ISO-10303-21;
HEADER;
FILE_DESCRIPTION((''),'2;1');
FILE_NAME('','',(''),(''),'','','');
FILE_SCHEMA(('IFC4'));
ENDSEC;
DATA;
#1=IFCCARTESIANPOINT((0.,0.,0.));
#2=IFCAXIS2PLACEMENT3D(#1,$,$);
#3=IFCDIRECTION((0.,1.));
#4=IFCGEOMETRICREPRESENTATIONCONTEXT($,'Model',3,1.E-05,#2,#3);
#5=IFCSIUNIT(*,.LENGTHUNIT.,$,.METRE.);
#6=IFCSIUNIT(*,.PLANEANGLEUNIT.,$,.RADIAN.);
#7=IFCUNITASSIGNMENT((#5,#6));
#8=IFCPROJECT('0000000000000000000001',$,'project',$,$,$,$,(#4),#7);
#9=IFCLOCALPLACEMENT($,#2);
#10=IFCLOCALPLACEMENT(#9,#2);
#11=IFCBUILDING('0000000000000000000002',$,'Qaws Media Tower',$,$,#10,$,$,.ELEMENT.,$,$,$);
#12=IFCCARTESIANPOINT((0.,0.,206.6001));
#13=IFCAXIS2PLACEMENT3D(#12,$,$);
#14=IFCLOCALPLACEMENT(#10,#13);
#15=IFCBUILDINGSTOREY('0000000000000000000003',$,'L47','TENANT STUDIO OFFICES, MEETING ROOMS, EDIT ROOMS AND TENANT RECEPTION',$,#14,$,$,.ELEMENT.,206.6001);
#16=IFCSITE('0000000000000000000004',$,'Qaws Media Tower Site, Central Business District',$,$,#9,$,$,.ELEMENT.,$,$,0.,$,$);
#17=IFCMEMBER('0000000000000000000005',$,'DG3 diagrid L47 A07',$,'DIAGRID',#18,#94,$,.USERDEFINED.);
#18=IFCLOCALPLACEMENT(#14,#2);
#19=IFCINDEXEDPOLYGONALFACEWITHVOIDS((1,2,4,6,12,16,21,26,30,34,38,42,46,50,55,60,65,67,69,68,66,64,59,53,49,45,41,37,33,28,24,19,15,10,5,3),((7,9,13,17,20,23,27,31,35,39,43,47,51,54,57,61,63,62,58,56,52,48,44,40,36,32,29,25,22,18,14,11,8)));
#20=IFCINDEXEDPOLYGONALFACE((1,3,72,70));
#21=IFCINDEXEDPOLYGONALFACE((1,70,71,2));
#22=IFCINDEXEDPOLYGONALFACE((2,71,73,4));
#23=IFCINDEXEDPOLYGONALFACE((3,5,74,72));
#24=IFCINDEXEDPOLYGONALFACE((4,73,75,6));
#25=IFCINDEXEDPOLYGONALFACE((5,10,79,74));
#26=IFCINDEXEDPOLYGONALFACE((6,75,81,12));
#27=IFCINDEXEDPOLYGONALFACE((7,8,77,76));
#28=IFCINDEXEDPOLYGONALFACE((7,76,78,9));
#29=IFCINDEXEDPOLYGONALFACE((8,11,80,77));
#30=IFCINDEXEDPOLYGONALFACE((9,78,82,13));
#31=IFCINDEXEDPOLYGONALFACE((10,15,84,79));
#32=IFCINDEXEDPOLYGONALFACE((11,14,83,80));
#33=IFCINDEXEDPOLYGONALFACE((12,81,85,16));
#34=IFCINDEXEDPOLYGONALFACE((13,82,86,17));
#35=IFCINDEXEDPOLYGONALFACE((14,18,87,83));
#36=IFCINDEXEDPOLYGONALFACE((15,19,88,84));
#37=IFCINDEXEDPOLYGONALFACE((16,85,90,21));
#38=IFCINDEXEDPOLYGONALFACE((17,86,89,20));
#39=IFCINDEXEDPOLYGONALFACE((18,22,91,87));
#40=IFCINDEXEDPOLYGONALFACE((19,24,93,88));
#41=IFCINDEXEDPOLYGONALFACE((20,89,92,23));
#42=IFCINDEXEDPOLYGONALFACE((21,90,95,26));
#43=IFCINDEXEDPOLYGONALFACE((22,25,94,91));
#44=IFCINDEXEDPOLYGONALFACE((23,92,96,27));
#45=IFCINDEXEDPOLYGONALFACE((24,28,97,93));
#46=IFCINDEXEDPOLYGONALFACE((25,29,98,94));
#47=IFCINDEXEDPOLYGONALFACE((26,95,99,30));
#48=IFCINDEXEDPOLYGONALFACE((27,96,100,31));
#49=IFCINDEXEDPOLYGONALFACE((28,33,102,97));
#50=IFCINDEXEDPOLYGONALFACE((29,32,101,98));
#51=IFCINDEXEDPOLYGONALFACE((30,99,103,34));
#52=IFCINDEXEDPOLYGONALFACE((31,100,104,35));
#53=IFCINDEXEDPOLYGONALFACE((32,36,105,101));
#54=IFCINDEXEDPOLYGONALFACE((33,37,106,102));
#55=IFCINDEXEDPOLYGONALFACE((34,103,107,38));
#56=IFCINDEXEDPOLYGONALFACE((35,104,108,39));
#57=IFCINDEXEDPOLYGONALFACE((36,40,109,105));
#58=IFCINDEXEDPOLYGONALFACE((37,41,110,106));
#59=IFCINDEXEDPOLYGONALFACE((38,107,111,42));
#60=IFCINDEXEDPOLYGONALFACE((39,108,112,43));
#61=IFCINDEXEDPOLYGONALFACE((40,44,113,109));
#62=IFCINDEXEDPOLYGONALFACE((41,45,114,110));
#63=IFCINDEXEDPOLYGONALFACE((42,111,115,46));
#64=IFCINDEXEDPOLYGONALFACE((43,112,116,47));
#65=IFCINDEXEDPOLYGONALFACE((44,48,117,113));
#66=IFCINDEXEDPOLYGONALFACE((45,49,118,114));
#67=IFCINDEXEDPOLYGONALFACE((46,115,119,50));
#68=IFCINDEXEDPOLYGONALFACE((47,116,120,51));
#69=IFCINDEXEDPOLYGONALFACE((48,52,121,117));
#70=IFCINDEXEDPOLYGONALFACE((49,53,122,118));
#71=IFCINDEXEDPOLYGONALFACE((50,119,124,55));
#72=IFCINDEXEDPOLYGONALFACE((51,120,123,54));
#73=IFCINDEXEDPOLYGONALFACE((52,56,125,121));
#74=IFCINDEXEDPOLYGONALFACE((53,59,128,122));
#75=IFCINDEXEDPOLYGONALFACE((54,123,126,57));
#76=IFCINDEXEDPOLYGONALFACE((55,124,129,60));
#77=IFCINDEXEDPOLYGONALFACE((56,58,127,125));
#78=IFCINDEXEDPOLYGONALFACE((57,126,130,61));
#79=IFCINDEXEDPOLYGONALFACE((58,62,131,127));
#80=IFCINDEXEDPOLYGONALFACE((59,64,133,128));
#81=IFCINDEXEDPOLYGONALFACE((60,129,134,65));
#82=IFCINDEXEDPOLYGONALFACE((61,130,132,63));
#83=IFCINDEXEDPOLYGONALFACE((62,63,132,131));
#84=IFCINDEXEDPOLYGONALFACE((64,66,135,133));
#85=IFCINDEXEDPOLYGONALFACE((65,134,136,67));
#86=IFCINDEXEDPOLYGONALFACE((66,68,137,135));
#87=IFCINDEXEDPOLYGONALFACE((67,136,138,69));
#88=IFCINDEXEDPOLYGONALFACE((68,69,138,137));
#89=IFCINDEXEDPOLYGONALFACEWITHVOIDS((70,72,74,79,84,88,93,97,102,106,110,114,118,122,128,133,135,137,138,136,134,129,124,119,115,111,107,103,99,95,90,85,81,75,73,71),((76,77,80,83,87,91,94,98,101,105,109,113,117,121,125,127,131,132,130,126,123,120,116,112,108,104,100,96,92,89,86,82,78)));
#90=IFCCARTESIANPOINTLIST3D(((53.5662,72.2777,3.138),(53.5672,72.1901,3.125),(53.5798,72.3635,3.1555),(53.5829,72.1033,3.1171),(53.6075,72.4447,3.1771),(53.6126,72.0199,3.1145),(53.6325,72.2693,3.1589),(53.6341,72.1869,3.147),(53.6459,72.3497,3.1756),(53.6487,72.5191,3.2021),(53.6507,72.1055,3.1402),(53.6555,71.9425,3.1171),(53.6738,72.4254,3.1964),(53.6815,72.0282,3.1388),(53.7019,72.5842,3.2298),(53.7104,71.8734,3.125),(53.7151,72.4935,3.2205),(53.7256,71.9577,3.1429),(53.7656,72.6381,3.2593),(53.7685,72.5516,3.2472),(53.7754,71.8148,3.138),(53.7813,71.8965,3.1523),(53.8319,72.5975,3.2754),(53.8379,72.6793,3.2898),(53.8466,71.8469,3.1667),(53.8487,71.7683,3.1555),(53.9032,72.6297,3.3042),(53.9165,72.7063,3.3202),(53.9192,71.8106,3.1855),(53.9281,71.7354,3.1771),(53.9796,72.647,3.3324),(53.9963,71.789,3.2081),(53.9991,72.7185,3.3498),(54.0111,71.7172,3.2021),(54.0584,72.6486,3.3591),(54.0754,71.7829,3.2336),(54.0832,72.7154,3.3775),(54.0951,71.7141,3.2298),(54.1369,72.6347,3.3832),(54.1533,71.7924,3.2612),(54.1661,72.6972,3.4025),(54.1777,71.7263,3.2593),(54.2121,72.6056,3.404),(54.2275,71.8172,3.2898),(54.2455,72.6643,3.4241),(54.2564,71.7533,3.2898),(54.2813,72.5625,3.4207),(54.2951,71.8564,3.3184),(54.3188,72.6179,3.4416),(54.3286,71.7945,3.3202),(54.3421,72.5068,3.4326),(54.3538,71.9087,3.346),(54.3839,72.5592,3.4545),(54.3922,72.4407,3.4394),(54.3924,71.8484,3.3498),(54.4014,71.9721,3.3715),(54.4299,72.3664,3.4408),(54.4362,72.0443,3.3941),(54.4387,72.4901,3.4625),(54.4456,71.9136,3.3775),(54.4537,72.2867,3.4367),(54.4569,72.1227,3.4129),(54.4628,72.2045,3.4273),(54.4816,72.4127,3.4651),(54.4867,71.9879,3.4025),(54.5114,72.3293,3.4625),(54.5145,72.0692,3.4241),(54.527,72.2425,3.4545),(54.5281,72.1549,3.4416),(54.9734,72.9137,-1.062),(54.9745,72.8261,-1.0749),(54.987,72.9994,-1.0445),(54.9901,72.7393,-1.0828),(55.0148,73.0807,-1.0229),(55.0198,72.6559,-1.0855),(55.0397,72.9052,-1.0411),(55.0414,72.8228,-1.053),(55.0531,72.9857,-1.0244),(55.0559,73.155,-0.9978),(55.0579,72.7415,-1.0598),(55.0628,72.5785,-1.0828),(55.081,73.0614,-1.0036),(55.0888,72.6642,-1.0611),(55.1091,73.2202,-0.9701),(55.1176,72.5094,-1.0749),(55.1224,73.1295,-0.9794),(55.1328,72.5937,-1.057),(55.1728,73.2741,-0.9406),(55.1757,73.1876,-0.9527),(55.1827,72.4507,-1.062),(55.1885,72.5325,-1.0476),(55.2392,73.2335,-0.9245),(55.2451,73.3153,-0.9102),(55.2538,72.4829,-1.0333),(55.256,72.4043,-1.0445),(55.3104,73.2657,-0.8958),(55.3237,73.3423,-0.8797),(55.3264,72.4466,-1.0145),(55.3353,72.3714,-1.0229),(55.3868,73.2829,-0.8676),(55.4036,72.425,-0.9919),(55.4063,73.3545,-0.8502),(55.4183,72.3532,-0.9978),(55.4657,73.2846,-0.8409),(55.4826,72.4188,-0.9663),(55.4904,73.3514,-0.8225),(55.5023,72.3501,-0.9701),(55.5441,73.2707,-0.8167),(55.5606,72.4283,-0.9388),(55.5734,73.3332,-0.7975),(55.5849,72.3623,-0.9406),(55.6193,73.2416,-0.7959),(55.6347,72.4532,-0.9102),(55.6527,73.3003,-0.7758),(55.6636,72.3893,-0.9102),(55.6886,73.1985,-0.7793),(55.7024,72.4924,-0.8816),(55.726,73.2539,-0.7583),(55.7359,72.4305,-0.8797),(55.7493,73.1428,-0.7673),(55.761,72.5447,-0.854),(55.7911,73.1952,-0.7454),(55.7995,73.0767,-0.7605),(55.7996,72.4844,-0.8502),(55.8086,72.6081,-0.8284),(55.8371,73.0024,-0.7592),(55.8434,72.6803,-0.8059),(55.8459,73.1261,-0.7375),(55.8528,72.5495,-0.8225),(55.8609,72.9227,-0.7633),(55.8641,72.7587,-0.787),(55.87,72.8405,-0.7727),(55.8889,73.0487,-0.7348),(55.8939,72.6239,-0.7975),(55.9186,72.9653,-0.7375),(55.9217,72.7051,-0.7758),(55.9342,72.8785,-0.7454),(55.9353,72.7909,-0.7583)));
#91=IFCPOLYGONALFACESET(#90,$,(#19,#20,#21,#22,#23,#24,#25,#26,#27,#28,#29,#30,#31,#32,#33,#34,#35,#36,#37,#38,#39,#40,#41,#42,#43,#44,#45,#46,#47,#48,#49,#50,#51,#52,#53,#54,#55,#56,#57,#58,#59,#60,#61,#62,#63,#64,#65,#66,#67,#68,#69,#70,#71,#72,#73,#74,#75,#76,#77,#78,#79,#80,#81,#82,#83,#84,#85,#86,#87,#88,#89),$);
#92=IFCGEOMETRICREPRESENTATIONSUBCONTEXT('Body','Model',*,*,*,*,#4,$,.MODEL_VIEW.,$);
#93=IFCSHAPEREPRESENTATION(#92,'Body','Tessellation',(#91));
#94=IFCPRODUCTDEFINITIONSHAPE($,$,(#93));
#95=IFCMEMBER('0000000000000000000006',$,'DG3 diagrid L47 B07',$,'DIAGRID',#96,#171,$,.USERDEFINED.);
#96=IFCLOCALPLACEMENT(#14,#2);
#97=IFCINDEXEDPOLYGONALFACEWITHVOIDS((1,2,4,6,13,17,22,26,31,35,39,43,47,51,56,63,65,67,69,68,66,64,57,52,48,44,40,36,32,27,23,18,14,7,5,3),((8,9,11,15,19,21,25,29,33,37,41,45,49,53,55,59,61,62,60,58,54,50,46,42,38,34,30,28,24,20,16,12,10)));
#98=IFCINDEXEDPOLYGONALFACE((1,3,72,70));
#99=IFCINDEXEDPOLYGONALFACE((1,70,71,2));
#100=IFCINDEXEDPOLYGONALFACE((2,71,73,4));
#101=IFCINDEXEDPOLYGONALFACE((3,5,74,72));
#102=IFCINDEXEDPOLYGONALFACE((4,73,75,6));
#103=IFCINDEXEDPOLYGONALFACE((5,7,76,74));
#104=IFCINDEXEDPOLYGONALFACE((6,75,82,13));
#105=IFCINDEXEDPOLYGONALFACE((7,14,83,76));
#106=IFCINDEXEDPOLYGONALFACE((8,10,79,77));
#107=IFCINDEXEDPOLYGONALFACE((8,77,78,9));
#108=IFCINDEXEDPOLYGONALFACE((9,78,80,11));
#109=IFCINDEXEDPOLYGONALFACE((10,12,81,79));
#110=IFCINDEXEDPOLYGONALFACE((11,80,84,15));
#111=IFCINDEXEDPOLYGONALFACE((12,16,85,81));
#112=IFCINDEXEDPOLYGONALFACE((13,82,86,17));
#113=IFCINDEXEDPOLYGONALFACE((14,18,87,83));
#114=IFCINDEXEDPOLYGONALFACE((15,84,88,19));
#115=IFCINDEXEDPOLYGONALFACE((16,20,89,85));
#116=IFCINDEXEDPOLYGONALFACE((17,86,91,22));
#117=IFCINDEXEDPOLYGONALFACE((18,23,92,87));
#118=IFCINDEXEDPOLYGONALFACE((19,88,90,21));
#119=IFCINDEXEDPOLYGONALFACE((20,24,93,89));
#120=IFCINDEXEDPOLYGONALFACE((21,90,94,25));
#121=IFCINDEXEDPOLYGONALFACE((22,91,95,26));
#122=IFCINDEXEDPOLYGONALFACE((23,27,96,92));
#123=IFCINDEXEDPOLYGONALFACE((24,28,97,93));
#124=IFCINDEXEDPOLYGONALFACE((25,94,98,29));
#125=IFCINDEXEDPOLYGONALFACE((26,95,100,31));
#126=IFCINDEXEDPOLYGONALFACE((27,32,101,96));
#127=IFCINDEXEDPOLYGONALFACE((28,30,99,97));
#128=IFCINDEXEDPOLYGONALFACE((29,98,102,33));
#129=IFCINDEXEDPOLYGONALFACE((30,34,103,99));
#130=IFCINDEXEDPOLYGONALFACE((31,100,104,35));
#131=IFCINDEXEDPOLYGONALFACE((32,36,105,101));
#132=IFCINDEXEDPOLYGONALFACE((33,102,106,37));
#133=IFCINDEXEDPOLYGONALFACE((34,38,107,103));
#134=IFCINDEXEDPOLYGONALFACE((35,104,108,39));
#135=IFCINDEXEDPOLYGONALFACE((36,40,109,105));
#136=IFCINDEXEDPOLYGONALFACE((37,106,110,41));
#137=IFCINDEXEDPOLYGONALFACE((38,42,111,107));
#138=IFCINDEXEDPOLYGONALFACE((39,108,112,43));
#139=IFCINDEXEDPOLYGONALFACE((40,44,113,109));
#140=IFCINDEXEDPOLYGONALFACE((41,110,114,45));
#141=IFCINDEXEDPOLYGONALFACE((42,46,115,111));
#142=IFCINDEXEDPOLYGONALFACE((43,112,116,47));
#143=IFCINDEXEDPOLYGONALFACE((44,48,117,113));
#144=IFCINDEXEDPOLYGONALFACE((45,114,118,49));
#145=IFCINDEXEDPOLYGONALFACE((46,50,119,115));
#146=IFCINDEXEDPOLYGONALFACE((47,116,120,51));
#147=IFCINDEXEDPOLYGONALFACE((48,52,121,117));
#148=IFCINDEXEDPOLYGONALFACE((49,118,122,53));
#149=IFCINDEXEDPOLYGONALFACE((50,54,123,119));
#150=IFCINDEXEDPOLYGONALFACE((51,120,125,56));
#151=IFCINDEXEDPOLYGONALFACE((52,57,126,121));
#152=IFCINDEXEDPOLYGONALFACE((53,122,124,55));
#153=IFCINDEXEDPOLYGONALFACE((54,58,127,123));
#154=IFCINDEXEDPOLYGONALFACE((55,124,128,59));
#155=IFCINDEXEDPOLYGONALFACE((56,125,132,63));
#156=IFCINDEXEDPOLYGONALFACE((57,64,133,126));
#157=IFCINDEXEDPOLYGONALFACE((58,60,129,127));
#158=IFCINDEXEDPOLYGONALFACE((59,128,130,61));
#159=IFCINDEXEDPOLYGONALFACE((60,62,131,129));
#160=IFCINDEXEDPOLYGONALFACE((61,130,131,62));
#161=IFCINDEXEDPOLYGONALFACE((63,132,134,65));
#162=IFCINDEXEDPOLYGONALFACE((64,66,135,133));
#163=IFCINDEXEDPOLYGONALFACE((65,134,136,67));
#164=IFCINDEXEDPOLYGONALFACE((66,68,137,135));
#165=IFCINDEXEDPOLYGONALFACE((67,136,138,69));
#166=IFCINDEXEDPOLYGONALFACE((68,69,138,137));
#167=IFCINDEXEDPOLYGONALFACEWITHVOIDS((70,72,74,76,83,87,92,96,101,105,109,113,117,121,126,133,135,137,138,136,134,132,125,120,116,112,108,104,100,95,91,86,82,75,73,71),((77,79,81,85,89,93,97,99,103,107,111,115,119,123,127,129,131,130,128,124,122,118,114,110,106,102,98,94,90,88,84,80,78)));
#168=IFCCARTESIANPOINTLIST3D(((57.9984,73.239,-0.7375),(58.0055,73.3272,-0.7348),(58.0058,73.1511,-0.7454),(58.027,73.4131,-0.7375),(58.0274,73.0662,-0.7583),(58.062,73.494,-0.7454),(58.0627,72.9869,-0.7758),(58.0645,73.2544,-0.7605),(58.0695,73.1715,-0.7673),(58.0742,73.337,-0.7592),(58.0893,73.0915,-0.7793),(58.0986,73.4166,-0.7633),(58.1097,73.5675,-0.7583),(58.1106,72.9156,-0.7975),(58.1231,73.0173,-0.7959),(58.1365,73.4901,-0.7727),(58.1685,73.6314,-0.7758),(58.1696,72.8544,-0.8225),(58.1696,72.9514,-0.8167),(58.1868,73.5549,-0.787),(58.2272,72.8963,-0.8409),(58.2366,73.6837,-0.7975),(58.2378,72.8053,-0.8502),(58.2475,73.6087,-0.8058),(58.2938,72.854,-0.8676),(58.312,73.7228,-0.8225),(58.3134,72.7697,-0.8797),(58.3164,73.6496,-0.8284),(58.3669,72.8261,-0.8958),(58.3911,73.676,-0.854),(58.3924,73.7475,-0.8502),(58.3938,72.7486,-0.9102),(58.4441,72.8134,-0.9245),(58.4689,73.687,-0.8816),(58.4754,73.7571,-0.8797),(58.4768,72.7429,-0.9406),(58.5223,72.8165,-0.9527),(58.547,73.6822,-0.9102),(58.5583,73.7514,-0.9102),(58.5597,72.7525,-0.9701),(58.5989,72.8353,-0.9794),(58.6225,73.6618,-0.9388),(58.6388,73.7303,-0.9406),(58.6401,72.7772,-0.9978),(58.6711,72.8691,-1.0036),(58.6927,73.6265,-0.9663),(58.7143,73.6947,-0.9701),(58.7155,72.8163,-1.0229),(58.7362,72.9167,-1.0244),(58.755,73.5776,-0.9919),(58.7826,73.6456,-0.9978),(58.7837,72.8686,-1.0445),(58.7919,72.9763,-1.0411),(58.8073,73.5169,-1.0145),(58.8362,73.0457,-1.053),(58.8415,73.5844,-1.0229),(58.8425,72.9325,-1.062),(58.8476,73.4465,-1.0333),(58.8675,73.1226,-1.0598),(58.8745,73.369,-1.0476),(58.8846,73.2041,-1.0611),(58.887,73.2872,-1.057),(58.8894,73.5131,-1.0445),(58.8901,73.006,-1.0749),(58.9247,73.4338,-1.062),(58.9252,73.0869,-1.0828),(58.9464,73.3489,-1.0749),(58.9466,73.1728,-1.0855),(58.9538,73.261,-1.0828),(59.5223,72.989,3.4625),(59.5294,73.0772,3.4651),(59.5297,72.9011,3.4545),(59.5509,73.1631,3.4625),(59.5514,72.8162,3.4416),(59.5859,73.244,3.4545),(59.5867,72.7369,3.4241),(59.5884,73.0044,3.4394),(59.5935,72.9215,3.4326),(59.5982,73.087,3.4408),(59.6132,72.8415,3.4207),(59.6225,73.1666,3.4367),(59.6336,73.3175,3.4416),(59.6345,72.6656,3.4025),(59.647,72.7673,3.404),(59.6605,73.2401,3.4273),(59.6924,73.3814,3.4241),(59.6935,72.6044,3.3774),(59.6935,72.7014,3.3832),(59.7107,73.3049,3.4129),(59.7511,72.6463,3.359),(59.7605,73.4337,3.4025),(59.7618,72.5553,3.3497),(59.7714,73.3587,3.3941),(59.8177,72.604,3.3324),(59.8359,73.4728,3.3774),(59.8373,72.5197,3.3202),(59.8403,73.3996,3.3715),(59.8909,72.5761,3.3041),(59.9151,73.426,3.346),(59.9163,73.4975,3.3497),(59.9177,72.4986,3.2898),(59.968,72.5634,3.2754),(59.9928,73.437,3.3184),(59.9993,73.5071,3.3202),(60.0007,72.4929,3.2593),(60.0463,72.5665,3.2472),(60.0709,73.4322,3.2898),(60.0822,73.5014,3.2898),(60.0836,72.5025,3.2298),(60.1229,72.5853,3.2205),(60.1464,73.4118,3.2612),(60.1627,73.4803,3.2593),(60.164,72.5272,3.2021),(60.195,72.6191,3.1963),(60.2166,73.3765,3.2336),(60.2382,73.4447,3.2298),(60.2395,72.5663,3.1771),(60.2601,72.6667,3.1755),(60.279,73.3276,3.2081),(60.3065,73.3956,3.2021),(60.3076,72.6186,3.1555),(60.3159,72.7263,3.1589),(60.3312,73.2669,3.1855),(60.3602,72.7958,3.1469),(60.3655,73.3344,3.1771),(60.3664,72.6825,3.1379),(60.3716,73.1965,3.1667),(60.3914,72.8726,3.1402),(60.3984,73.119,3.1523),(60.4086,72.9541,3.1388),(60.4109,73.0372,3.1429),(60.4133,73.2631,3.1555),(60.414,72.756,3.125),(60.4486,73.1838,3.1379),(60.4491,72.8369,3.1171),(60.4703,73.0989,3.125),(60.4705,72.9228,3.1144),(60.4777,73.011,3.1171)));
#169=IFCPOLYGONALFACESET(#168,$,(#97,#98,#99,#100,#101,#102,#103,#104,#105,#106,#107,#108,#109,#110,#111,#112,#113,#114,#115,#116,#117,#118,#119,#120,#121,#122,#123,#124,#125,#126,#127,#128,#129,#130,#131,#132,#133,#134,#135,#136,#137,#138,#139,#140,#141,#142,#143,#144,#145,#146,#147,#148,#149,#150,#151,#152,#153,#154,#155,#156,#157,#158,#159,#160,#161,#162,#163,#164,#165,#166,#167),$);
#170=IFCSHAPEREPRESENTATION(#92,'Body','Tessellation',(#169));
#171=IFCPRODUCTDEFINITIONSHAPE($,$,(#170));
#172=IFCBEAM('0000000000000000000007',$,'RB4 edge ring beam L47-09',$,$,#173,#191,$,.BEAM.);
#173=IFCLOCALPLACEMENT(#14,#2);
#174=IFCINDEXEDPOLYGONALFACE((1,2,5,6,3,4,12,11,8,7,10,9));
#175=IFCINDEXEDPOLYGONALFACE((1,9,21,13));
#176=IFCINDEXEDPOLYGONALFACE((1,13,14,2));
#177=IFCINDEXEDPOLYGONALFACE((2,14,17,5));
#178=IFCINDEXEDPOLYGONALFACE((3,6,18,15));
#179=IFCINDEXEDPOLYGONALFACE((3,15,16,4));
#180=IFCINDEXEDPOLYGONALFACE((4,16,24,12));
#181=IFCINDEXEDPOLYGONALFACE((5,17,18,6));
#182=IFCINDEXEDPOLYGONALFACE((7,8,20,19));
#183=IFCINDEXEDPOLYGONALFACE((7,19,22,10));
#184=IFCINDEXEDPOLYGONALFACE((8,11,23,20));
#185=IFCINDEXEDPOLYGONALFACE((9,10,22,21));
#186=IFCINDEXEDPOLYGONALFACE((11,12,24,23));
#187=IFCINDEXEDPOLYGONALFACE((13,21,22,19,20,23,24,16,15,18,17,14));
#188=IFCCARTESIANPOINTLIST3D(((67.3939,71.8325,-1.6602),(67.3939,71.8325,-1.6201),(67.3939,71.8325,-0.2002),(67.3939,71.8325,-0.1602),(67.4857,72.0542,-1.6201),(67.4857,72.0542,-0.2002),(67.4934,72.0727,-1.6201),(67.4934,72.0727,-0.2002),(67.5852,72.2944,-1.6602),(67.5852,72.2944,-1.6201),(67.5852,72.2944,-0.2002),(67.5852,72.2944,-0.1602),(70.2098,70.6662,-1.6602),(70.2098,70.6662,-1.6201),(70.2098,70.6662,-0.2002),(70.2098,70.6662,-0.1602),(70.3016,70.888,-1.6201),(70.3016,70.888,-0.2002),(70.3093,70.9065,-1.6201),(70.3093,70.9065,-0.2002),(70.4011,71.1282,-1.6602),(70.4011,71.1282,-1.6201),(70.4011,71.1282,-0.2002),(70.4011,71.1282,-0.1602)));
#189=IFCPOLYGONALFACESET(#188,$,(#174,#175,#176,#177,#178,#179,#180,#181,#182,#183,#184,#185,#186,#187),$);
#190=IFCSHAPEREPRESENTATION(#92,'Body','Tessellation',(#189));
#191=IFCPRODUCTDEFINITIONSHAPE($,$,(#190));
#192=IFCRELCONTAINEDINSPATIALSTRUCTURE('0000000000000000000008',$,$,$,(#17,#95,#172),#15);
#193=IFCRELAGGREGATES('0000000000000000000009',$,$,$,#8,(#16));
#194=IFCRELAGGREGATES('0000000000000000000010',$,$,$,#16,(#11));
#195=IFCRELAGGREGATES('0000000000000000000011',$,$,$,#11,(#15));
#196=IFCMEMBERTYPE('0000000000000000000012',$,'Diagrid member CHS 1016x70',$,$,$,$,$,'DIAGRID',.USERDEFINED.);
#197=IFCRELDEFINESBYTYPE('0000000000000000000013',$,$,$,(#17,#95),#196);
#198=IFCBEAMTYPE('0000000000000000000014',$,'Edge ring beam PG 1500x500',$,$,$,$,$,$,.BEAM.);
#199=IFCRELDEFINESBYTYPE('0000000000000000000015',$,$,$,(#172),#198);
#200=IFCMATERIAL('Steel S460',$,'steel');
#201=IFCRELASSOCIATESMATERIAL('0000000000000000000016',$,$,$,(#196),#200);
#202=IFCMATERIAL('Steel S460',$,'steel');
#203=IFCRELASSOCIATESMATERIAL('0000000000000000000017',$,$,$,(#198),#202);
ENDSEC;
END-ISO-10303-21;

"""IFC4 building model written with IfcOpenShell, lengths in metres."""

from ifc_helpers import new_model, si_unit, direction, frame, origin, origin_2d, place, context, subcontext, project, spatial, hollow_circle, i_section, extrude, material, material_profile, profile_set, type_object, element, save


model = new_model("IFC4")

# Units and contexts
model_context = context("Model", 3, precision=1e-05, world=origin(), true_north=direction((0.0, 1.0)))
body_context = subcontext(model_context, "Body", "Model", "MODEL_VIEW")
ifc_project = project(units=[si_unit("LENGTHUNIT", "METRE"), si_unit("PLANEANGLEUNIT", "RADIAN")], contexts=[model_context])

# Site, building, storey
site_placement = place(None, origin())
site = spatial("IfcSite", under=ifc_project, at=site_placement, Name="Qaws Media Tower Site, Central Business District", CompositionType="ELEMENT", RefElevation=0.0)
building_placement = place(site_placement, origin())
building = spatial("IfcBuilding", under=site, at=building_placement, Name="Qaws Media Tower", CompositionType="ELEMENT")
storey_placement = place(building_placement, frame((0.0, 0.0, 206.6001)))
storey = spatial("IfcBuildingStorey", under=building, at=storey_placement, Name="L47", Description="TENANT STUDIO OFFICES, MEETING ROOMS, EDIT ROOMS AND TENANT RECEPTION", CompositionType="ELEMENT", Elevation=206.6001)

# Members
ifc_material_1 = material(Name="Steel S460", Category="steel")
ifc_material_profile_1 = material_profile(ifc_material_1, hollow_circle(Radius=0.5081, WallThickness=0.0701, at=origin_2d()), Name="CHS 1016x70")
ifc_profile_set_1 = profile_set([ifc_material_profile_1], Name="Steel S460")
member_type_1 = type_object("IfcMemberType", Name="Diagrid member CHS 1016x70", ElementType="DIAGRID", PredefinedType="USERDEFINED", material=ifc_profile_set_1)
for number, where, z_axis, x_axis, name in (
    (1, (55.4543, 72.8523, -0.9102), (-0.314474, -0.142124, 0.938566), (0.411837, -0.911258, 0.0), "DG3 diagrid L47 A07"),
    (2, (58.4761, 73.25, -0.9102), (0.340552, -0.055868, 0.938564), (0.161886, 0.986809, 0.0), "DG3 diagrid L47 B07"),
):
    element("IfcMember", number, at=place(storey_placement, frame(where, z_axis=z_axis, x_axis=x_axis)), inside=storey, type_object=member_type_1, Name=name, ObjectType="DIAGRID", PredefinedType="USERDEFINED", context=body_context, shape_type="SweptSolid", body=[
        extrude(hollow_circle(Radius=0.5081, WallThickness=0.0701, at=origin_2d()), origin(), (0.0, 0.0, 1.0), 4.4749),
    ])

# Beam
ifc_material_2 = material(Name="Steel S460", Category="steel")
ifc_material_profile_2 = material_profile(ifc_material_2, i_section(OverallWidth=0.5, OverallDepth=1.5, WebThickness=0.02, FlangeThickness=0.04, at=origin_2d()), Name="PG 1500x500")
ifc_profile_set_2 = profile_set([ifc_material_profile_2], Name="Steel S460")
beam_type = type_object("IfcBeamType", Name="Edge ring beam PG 1500x500", PredefinedType="BEAM", material=ifc_profile_set_2)
beam_1_placement = place(storey_placement, frame((70.3054, 70.8972, -0.9102), z_axis=(-0.923895, 0.382647, 0.0), x_axis=(-0.382647, -0.923895, 0.0)))
element("IfcBeam", 3, at=beam_1_placement, inside=storey, type_object=beam_type, Name="RB4 edge ring beam L47-09", PredefinedType="BEAM", context=body_context, shape_type="SweptSolid", body=[
    extrude(i_section(OverallWidth=0.5, OverallDepth=1.5, WebThickness=0.02, FlangeThickness=0.04, at=origin_2d()), origin(), (0.0, 0.0, 1.0), 3.0479),
])

save(model, "model.ifc")
